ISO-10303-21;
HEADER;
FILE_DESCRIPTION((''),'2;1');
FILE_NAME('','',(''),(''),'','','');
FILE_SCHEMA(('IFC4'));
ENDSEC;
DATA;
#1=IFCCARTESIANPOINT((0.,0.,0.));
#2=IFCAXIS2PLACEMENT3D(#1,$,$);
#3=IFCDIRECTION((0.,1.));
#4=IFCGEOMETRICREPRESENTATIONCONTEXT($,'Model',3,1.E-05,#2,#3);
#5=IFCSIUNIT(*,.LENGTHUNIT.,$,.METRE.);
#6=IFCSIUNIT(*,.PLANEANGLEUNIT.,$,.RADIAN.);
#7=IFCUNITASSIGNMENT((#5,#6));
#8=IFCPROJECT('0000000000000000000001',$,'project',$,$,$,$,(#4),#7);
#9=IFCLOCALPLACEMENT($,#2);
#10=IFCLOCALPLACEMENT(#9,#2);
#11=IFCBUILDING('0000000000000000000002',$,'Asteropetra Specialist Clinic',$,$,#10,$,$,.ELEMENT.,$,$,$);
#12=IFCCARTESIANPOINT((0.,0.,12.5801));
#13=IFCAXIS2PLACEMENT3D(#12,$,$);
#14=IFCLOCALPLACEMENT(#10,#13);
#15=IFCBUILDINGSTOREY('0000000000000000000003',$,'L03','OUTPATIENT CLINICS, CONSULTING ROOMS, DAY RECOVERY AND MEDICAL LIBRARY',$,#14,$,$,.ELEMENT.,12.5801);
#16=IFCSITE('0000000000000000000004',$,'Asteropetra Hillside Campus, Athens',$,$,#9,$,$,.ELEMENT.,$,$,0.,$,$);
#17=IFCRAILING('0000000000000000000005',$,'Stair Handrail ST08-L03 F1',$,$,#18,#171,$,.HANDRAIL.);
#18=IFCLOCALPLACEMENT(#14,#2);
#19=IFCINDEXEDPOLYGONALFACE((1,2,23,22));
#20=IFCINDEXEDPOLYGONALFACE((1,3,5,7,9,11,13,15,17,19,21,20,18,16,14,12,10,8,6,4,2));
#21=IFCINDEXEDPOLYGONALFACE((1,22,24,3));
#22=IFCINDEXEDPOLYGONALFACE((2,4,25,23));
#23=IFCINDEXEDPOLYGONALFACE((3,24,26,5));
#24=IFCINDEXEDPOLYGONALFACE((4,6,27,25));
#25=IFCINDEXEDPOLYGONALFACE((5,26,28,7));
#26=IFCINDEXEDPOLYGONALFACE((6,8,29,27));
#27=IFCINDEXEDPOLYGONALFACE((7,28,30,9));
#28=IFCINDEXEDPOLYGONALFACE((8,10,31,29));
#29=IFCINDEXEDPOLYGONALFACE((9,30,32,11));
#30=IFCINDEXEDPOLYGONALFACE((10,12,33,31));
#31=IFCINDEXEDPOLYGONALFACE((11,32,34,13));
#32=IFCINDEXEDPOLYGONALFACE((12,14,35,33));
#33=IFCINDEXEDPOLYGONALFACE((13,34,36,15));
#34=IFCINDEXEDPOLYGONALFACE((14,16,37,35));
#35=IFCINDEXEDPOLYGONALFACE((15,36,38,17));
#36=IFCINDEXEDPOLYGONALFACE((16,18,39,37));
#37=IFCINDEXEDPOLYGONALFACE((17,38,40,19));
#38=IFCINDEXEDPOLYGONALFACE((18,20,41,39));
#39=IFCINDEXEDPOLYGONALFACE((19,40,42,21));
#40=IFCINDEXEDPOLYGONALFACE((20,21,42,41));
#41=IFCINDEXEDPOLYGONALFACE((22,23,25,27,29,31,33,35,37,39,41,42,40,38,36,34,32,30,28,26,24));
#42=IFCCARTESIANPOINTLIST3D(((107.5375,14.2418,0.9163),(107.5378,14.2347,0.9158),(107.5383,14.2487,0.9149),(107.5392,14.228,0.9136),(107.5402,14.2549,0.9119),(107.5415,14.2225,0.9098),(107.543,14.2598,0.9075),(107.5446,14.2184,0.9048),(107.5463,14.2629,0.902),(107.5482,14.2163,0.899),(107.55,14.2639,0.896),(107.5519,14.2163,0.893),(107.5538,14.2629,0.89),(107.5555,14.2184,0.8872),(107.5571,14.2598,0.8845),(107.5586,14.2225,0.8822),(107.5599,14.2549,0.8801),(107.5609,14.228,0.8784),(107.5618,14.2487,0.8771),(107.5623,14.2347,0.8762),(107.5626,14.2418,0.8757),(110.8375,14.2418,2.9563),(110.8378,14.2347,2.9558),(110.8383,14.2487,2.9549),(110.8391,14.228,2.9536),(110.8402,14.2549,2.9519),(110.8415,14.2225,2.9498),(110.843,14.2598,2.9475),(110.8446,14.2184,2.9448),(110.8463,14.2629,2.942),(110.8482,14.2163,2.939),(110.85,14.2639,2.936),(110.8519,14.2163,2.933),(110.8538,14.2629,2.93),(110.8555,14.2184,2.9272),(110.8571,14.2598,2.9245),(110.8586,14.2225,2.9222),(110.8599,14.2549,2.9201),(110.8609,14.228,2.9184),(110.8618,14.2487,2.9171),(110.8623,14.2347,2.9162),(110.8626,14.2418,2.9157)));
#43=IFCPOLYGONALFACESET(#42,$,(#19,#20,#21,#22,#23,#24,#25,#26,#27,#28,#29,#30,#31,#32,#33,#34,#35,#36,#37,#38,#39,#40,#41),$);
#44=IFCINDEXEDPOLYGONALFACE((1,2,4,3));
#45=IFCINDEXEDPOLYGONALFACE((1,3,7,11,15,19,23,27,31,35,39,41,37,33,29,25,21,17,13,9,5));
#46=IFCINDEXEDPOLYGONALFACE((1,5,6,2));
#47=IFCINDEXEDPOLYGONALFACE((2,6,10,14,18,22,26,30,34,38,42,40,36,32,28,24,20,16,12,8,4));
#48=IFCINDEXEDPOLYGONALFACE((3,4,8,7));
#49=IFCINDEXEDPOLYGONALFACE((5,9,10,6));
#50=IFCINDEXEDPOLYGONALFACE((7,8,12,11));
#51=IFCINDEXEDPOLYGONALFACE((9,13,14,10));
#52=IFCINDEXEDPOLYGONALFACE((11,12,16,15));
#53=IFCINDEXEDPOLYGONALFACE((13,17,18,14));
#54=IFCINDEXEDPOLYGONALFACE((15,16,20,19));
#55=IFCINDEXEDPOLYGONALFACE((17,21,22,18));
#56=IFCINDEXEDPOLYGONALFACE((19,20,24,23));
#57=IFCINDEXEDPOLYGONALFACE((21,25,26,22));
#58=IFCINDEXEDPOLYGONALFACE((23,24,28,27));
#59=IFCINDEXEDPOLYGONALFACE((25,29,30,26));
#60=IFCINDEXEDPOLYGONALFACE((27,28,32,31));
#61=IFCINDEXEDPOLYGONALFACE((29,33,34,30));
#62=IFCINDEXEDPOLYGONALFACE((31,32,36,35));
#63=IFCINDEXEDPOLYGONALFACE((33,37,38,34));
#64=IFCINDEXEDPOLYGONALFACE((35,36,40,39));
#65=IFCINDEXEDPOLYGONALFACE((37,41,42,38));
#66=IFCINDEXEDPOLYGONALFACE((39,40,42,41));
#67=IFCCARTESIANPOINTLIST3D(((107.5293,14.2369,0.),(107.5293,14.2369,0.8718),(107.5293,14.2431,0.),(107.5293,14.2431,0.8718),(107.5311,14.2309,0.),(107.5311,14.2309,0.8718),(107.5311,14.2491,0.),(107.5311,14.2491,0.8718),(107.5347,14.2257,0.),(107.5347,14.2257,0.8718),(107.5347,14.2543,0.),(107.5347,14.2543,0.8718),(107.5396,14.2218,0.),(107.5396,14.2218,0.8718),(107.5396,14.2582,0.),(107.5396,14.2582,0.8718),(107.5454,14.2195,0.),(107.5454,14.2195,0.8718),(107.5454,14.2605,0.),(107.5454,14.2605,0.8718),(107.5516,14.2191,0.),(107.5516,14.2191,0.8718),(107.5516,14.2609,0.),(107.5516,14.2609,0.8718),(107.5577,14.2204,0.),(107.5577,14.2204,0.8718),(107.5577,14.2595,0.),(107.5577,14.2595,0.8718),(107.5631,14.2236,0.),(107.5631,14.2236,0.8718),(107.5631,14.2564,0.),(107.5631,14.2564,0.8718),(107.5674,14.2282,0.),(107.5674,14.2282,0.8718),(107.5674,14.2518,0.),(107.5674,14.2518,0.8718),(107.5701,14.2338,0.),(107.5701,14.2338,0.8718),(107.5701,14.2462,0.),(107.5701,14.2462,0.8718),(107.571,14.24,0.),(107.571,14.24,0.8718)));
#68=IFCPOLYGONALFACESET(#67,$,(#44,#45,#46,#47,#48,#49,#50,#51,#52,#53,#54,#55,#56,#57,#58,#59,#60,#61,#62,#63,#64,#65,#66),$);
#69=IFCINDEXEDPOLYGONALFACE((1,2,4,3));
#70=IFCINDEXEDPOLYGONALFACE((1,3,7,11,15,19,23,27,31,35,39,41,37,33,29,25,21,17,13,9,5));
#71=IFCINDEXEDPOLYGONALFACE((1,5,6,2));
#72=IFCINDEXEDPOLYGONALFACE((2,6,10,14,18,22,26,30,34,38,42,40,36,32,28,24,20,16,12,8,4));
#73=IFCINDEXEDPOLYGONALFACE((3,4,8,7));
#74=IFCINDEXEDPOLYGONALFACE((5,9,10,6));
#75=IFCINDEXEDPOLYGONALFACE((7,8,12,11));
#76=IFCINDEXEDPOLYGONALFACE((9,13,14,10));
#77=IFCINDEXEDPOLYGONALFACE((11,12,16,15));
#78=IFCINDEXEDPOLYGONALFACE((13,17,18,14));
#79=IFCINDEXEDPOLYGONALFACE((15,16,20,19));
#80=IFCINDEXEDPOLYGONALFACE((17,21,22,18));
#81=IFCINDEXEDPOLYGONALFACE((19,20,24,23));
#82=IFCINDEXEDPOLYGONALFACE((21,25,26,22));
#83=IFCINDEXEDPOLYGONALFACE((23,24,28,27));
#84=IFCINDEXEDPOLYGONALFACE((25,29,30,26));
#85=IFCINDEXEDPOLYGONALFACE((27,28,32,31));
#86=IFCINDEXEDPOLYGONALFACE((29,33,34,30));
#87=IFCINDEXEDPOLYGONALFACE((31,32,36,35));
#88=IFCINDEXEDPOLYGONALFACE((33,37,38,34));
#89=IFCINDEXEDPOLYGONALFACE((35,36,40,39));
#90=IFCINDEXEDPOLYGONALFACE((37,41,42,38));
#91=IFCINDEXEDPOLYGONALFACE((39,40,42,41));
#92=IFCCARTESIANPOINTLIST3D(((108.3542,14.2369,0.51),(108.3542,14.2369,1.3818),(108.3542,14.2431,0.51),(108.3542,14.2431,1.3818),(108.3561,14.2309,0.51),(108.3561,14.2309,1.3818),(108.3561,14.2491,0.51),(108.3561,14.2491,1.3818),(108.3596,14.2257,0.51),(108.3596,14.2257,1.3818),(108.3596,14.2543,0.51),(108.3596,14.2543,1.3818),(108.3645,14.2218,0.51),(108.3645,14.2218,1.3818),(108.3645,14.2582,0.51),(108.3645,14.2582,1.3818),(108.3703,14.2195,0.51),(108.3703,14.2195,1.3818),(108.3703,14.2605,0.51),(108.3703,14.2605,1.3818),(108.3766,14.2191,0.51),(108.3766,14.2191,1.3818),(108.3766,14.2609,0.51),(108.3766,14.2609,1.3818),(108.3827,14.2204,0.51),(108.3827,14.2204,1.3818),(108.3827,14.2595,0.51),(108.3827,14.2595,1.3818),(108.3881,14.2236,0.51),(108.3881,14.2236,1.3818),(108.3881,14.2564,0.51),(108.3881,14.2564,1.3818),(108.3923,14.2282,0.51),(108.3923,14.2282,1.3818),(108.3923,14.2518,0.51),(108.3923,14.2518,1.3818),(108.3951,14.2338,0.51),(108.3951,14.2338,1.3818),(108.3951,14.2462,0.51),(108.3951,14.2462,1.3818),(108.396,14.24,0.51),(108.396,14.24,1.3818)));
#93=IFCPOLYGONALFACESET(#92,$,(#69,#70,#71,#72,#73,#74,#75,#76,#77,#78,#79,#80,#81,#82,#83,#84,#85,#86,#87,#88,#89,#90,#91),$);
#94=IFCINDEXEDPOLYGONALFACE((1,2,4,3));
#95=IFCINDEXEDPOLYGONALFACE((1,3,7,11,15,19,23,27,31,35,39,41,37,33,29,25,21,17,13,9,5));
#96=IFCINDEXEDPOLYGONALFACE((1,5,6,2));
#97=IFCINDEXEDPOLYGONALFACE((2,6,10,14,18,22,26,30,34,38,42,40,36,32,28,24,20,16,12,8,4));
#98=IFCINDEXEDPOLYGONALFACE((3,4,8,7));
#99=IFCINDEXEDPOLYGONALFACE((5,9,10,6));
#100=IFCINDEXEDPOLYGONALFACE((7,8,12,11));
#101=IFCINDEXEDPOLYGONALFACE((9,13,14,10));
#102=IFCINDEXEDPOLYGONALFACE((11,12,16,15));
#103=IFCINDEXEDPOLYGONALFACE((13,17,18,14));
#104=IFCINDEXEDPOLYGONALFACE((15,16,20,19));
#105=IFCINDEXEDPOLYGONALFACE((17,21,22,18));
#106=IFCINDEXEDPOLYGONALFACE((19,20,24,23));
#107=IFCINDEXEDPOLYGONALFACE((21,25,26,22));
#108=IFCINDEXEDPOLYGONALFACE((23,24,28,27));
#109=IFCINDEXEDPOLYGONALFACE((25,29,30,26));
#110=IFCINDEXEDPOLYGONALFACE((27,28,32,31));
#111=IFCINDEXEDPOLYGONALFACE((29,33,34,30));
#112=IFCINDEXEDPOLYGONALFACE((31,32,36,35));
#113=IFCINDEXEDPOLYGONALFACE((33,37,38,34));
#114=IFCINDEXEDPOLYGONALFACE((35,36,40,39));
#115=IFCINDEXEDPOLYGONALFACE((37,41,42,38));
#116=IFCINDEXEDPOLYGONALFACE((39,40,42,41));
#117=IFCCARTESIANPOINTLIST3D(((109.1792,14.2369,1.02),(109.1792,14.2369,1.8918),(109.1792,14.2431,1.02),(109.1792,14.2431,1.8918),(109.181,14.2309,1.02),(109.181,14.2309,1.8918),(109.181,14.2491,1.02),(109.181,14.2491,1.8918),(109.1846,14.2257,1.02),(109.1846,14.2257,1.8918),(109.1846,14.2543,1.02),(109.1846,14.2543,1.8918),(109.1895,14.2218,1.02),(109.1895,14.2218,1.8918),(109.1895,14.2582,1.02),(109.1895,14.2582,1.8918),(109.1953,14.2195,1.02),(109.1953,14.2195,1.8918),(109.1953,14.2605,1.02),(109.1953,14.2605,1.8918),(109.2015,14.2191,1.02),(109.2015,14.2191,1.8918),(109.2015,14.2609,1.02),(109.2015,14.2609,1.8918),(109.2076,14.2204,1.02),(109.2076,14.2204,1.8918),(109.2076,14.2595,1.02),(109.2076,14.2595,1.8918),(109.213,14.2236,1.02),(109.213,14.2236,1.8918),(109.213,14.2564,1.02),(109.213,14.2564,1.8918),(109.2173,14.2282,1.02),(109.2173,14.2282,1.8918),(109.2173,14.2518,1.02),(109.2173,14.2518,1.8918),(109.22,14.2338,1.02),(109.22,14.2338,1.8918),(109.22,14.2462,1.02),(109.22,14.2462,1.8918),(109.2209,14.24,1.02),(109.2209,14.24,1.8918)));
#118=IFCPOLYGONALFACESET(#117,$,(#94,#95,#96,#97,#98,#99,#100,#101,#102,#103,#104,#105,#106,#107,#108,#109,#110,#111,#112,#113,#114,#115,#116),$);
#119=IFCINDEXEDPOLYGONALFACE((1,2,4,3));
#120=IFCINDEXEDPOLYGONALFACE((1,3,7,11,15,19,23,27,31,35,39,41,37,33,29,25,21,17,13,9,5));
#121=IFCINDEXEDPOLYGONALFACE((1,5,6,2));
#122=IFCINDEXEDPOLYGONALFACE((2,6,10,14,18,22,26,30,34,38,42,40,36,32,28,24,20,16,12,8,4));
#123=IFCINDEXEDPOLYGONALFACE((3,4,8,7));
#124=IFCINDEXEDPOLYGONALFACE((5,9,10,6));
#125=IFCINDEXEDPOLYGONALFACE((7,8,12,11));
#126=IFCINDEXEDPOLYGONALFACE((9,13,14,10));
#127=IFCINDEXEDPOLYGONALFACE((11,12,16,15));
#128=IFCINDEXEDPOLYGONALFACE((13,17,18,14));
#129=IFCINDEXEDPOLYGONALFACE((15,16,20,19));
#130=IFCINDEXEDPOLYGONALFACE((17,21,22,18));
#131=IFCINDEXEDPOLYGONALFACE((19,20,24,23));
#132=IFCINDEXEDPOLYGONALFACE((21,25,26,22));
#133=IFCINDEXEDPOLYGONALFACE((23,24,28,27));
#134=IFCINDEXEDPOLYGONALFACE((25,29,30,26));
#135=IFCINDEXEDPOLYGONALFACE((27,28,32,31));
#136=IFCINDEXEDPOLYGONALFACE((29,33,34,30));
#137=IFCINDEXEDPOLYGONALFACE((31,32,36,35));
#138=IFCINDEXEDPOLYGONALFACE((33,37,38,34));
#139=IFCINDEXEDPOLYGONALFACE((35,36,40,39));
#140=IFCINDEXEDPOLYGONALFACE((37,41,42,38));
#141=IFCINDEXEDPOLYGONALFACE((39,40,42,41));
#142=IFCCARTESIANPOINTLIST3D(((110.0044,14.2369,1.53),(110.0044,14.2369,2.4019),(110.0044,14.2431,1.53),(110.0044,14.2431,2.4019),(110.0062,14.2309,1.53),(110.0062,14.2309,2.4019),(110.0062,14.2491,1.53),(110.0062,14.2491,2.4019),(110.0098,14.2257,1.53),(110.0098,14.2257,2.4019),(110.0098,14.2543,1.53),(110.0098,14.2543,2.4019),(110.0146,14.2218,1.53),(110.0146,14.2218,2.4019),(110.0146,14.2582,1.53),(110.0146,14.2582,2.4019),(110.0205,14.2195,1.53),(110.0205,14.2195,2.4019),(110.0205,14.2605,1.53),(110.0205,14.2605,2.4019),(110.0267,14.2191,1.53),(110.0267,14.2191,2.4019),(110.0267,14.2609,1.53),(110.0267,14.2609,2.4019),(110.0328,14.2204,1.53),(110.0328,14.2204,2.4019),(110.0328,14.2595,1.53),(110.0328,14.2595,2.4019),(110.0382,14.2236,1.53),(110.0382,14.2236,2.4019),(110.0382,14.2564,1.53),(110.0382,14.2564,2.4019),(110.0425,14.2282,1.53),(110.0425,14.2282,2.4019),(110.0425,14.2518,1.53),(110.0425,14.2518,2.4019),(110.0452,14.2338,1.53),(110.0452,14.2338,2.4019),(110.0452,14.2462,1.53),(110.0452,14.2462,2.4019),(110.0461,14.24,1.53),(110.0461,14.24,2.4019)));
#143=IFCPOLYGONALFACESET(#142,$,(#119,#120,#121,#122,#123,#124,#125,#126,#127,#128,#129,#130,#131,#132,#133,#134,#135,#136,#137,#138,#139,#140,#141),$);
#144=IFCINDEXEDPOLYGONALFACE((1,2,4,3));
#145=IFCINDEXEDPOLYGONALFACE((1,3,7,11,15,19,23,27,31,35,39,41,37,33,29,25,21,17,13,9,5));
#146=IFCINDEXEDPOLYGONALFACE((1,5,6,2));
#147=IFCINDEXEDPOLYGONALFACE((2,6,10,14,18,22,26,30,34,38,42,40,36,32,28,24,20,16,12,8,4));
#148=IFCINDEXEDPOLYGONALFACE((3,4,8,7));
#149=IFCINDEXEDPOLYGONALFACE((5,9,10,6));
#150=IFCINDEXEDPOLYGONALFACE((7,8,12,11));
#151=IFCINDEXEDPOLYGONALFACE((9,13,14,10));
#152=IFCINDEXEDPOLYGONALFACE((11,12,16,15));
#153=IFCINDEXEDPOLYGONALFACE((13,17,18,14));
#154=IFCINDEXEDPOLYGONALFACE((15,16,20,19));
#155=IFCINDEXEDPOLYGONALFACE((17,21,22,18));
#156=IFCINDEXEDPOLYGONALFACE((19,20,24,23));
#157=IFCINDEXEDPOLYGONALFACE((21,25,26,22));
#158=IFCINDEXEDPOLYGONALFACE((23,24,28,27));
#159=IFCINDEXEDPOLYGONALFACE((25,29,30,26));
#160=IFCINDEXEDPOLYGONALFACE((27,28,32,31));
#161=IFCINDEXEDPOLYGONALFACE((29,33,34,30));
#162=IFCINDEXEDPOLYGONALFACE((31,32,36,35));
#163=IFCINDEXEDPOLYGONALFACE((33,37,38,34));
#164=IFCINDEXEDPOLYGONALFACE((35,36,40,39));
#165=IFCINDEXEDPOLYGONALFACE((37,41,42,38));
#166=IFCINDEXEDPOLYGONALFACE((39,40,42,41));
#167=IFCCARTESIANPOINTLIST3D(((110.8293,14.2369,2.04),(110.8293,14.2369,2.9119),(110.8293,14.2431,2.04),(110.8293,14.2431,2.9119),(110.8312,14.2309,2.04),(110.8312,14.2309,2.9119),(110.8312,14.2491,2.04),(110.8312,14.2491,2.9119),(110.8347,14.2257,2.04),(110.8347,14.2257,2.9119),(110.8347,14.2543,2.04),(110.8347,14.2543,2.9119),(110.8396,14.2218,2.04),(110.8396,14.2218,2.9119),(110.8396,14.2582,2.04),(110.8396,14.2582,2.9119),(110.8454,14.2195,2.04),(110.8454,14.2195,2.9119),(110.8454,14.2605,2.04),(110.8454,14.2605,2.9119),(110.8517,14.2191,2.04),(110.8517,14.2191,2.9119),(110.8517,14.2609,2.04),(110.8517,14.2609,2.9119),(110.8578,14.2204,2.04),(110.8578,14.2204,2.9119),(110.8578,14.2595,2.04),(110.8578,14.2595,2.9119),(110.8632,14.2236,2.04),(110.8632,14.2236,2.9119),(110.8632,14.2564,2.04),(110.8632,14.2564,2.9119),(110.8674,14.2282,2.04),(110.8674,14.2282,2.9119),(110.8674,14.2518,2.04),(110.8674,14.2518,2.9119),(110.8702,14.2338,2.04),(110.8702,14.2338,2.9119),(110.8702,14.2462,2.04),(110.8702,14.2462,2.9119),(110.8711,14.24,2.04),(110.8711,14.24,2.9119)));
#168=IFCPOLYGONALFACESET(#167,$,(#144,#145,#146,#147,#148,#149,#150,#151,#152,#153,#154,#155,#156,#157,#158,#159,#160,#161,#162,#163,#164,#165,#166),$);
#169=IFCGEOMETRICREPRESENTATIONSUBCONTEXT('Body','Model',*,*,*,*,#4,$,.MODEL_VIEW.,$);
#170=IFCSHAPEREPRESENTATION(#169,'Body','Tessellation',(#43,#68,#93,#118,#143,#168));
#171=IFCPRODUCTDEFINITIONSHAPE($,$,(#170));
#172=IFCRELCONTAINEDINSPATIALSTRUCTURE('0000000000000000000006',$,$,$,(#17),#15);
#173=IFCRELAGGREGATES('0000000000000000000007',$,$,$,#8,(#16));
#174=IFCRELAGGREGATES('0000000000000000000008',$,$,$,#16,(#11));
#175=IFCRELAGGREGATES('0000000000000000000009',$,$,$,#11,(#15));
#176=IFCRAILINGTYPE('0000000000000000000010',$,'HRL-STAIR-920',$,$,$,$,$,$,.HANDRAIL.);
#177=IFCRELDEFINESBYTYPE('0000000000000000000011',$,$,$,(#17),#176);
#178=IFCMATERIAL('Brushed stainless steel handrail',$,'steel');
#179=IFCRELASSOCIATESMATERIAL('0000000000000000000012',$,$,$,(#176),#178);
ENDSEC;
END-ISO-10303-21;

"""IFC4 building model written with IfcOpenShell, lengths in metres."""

from ifc_helpers import new_model, si_unit, direction, frame, origin, origin_2d, place, context, subcontext, project, spatial, circle, extrude, material, type_object, element, save


model = new_model("IFC4")

# Units and contexts
model_context = context("Model", 3, precision=1e-05, world=origin(), true_north=direction((0.0, 1.0)))
body_context = subcontext(model_context, "Body", "Model", "MODEL_VIEW")
ifc_project = project(units=[si_unit("LENGTHUNIT", "METRE"), si_unit("PLANEANGLEUNIT", "RADIAN")], contexts=[model_context])

# Site, building, storey
site_placement = place(None, origin())
site = spatial("IfcSite", under=ifc_project, at=site_placement, Name="Asteropetra Hillside Campus, Athens", CompositionType="ELEMENT", RefElevation=0.0)
building_placement = place(site_placement, origin())
building = spatial("IfcBuilding", under=site, at=building_placement, Name="Asteropetra Specialist Clinic", CompositionType="ELEMENT")
storey_placement = place(building_placement, frame((0.0, 0.0, 12.5801)))
storey = spatial("IfcBuildingStorey", under=building, at=storey_placement, Name="L03", Description="OUTPATIENT CLINICS, CONSULTING ROOMS, DAY RECOVERY AND MEDICAL LIBRARY", CompositionType="ELEMENT", Elevation=12.5801)

# Railing
ifc_material_1 = material(Name="Brushed stainless steel handrail", Category="steel")
railing_type_1 = type_object("IfcRailingType", Name="HRL-STAIR-920", PredefinedType="HANDRAIL", material=ifc_material_1)
railing_1_placement = place(storey_placement, frame((107.55, 14.24, 0.0)))
element("IfcRailing", 1, at=railing_1_placement, inside=storey, type_object=railing_type_1, Name="Stair Handrail ST08-L03 F1", PredefinedType="HANDRAIL", context=body_context, shape_type="SweptSolid", body=[
    extrude(circle(Radius=0.0239, at=origin_2d()), frame((0.0, 0.0, 0.896), z_axis=(0.850594, 0.0, 0.525824), x_axis=(0.0, 1.0, 0.0)), (0.0, 0.0, 1.0), 3.8796),
    extrude(circle(Radius=0.021, at=origin_2d()), origin(), (0.0, 0.0, 1.0), 0.8718),
    extrude(circle(Radius=0.021, at=origin_2d()), frame((0.825, 0.0, 0.51)), (0.0, 0.0, 1.0), 0.8718),
    extrude(circle(Radius=0.021, at=origin_2d()), frame((1.6499, 0.0, 1.02)), (0.0, 0.0, 1.0), 0.8718),
    extrude(circle(Radius=0.021, at=origin_2d()), frame((2.4751, 0.0, 1.53)), (0.0, 0.0, 1.0), 0.8718),
    extrude(circle(Radius=0.021, at=origin_2d()), frame((3.3, 0.0, 2.04)), (0.0, 0.0, 1.0), 0.8718),
])

save(model, "model.ifc")
